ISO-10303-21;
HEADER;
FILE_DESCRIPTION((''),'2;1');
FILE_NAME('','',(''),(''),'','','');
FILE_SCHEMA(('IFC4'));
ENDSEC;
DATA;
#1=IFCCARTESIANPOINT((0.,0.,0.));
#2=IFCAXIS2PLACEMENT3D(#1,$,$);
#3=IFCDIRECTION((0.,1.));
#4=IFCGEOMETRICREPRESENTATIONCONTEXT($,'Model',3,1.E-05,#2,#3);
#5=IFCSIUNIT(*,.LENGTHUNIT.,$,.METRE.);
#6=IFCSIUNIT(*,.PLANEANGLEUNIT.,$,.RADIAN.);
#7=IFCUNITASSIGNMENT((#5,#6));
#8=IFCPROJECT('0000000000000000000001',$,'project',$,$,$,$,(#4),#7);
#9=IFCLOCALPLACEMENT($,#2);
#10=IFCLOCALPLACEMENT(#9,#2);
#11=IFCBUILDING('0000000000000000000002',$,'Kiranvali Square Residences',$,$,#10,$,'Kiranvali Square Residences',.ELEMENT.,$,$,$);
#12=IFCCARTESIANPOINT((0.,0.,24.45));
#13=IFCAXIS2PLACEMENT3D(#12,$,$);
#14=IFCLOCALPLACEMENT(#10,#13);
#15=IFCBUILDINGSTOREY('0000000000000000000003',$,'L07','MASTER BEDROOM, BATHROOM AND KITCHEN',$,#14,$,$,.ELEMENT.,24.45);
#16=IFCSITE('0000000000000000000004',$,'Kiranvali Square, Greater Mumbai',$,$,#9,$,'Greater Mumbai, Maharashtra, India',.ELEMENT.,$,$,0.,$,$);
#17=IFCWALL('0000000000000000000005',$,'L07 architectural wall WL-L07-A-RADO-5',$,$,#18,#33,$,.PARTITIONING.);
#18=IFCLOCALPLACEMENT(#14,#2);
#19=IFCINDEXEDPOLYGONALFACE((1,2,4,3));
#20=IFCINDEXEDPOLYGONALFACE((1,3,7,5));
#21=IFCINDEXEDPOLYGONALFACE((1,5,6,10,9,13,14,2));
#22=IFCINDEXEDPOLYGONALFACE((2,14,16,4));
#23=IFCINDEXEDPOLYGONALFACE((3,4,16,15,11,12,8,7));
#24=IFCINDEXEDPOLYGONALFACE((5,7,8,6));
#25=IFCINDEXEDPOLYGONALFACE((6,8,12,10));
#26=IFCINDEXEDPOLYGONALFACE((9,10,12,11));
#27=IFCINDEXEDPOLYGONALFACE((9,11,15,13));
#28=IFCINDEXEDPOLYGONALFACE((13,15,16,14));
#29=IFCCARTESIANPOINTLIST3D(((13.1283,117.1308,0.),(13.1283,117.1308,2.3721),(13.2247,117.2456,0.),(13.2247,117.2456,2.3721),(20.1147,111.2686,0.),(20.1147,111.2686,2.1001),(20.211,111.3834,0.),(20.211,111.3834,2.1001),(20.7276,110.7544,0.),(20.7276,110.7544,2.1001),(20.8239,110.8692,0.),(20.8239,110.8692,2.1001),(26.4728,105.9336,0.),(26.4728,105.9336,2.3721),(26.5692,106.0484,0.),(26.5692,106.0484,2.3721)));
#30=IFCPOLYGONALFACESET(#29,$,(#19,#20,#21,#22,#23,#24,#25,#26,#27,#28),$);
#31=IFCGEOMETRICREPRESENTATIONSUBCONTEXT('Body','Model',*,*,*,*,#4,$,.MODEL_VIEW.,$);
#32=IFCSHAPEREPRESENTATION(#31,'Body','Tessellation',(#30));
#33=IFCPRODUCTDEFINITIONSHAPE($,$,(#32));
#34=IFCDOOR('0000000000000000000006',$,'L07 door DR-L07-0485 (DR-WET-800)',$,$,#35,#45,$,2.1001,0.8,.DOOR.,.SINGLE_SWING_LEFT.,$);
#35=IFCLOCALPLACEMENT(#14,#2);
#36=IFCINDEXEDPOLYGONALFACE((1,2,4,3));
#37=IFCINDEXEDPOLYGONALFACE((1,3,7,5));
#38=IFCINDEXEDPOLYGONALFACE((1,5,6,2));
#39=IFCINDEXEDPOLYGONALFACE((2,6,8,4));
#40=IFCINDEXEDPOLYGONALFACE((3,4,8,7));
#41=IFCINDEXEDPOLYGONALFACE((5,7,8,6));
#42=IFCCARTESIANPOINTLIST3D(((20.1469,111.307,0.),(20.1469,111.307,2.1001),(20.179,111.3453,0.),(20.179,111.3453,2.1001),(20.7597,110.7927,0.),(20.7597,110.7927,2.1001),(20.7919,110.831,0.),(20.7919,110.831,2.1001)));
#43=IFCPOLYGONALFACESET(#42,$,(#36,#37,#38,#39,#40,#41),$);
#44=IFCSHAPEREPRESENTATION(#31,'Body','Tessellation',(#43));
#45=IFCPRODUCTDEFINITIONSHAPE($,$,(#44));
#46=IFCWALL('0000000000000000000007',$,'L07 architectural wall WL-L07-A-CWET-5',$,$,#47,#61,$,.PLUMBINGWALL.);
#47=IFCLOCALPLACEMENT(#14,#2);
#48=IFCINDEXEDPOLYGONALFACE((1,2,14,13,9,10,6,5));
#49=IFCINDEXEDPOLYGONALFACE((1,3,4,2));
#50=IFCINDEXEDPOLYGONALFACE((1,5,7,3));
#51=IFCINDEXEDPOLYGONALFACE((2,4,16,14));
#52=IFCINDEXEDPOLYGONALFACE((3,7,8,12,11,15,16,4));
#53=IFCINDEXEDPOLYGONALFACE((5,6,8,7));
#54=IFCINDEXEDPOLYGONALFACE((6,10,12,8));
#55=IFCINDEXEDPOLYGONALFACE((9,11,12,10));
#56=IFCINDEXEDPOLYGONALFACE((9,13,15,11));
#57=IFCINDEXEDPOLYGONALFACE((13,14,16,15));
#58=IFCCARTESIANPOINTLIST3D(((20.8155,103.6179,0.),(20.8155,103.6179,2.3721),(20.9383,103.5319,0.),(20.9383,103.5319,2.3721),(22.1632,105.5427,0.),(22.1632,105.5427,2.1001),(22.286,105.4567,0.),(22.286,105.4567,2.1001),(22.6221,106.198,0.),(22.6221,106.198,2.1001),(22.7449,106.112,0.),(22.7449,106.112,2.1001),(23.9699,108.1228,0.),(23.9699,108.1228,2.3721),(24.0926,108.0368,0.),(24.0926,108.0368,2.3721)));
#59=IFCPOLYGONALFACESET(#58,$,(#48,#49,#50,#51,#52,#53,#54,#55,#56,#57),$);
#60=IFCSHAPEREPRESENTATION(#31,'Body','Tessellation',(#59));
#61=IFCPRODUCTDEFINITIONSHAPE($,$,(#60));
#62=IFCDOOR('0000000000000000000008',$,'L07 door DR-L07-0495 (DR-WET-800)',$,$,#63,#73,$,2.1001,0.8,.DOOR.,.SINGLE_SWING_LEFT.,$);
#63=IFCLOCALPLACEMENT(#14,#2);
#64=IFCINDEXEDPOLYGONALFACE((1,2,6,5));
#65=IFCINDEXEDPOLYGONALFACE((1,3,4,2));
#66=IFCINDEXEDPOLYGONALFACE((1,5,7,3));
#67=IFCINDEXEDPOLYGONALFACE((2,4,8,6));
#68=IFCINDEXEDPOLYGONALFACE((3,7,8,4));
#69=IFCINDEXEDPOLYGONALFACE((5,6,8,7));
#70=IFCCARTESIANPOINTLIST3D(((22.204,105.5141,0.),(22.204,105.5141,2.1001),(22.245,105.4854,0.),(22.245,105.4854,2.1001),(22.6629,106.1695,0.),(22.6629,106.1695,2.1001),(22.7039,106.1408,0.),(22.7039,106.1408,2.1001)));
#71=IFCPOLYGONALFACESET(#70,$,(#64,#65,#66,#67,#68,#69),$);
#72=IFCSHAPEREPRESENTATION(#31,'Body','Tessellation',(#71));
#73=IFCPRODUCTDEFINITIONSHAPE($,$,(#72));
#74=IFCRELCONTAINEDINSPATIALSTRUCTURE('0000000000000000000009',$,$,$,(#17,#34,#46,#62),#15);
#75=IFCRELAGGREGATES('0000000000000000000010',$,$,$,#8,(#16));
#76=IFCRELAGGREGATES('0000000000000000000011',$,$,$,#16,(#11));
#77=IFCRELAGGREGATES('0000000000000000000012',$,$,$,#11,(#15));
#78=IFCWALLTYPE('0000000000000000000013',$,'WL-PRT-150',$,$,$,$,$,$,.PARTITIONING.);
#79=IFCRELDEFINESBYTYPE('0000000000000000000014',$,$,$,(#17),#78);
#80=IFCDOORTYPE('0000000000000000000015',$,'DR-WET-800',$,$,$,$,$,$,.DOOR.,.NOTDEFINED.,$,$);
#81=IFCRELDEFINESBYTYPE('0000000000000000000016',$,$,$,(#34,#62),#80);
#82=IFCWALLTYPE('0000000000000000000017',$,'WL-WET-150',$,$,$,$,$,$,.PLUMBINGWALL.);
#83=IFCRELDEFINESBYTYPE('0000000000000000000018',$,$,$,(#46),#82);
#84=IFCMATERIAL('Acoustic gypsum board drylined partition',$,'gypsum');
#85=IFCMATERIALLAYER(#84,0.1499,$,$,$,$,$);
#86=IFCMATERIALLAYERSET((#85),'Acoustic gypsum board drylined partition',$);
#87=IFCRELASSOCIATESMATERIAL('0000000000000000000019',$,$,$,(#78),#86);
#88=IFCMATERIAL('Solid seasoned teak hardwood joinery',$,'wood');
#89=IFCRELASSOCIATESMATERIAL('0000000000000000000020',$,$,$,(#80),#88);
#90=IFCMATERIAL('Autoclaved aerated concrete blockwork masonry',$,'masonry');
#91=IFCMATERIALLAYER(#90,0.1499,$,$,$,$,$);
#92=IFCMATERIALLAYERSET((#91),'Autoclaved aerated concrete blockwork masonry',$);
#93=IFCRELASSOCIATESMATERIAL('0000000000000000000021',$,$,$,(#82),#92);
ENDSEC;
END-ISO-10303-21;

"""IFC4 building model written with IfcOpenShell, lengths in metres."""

from ifc_helpers import new_model, si_unit, direction, frame, frame_2d, origin, place, context, subcontext, project, spatial, rectangle, extrude, material, layer, layer_set, type_object, element, fill, save


model = new_model("IFC4")

# Units and contexts
model_context = context("Model", 3, precision=1e-05, world=origin(), true_north=direction((0.0, 1.0)))
body_context = subcontext(model_context, "Body", "Model", "MODEL_VIEW")
ifc_project = project(units=[si_unit("LENGTHUNIT", "METRE"), si_unit("PLANEANGLEUNIT", "RADIAN")], contexts=[model_context])

# Site, building, storey
site_placement = place(None, origin())
site = spatial("IfcSite", under=ifc_project, at=site_placement, Name="Kiranvali Square, Greater Mumbai", LongName="Greater Mumbai, Maharashtra, India", CompositionType="ELEMENT", RefElevation=0.0)
building_placement = place(site_placement, origin())
building = spatial("IfcBuilding", under=site, at=building_placement, Name="Kiranvali Square Residences", LongName="Kiranvali Square Residences", CompositionType="ELEMENT")
storey_placement = place(building_placement, frame((0.0, 0.0, 24.45)))
storey = spatial("IfcBuildingStorey", under=building, at=storey_placement, Name="L07", Description="MASTER BEDROOM, BATHROOM AND KITCHEN", CompositionType="ELEMENT", Elevation=24.45)

# Shared definitions
ifc_material_1 = material(Name="Autoclaved aerated concrete blockwork masonry", Category="masonry")

# Walls, openings, doors
ifc_material_2 = material(Name="Acoustic gypsum board drylined partition", Category="gypsum")
ifc_layer_1 = layer(ifc_material_2, 0.1499)
ifc_layer_set_1 = layer_set([ifc_layer_1], Name="Acoustic gypsum board drylined partition")
wall_type_1 = type_object("IfcWallType", Name="WL-PRT-150", PredefinedType="PARTITIONING", material=ifc_layer_set_1)
wall_1_placement = place(storey_placement, frame((26.521, 105.991, 0.0), z_axis=(0.0, 0.0, 1.0), x_axis=(-0.766047, 0.642785, 0.0)))
wall_1 = element("IfcWall", 1, at=wall_1_placement, inside=storey, type_object=wall_type_1, Name="L07 architectural wall WL-L07-A-RADO-5", PredefinedType="PARTITIONING", context=body_context, shape_type="SweptSolid", body=[
    extrude(rectangle(XDim=17.4199, YDim=0.1499, at=frame_2d((8.71, 0.0))), origin(), (0.0, 0.0, 1.0), 2.3721),
])
opening_1_placement = place(wall_1_placement, frame((7.5, 0.0, 0.0)))
opening_1 = element("IfcOpeningElement", 2, at=opening_1_placement, cuts=wall_1, PredefinedType="OPENING", context=body_context, shape_type="SweptSolid", body=[
    extrude(rectangle(XDim=0.8, YDim=2.1001, at=frame_2d((0.3999, 1.05))), frame((0.0, 0.085, 0.0), z_axis=(0.0, -1.0, 0.0), x_axis=(1.0, 0.0, 0.0)), (0.0, 0.0, 1.0), 0.1699),
])
ifc_material_3 = material(Name="Solid seasoned teak hardwood joinery", Category="wood")
door_type_1 = type_object("IfcDoorType", Name="DR-WET-800", OperationType="NOTDEFINED", PredefinedType="DOOR", material=ifc_material_3)
door_1_placement = place(opening_1_placement, origin())
door_1 = element("IfcDoor", 3, at=door_1_placement, inside=storey, type_object=door_type_1, Name="L07 door DR-L07-0485 (DR-WET-800)", OperationType="SINGLE_SWING_LEFT", OverallHeight=2.1001, OverallWidth=0.8, PredefinedType="DOOR", context=body_context, shape_type="SweptSolid", body=[
    extrude(rectangle(XDim=0.8, YDim=2.1001, at=frame_2d((0.3999, 1.05))), frame((0.0, 0.0249, 0.0), z_axis=(0.0, -1.0, 0.0), x_axis=(1.0, 0.0, 0.0)), (0.0, 0.0, 1.0), 0.05),
])
fill(opening_1, door_1)
ifc_layer_2 = layer(ifc_material_1, 0.1499)
ifc_layer_set_2 = layer_set([ifc_layer_2], Name="Autoclaved aerated concrete blockwork masonry")
wall_type_2 = type_object("IfcWallType", Name="WL-WET-150", PredefinedType="PLUMBINGWALL", material=ifc_layer_set_2)
wall_2_placement = place(storey_placement, frame((24.0312, 108.0798, 0.0), z_axis=(0.0, 0.0, 1.0), x_axis=(-0.57357, -0.819157, 0.0)))
wall_2 = element("IfcWall", 4, at=wall_2_placement, inside=storey, type_object=wall_type_2, Name="L07 architectural wall WL-L07-A-CWET-5", PredefinedType="PLUMBINGWALL", context=body_context, shape_type="SweptSolid", body=[
    extrude(rectangle(XDim=5.4995, YDim=0.1499, at=frame_2d((2.7498, 0.0))), origin(), (0.0, 0.0, 1.0), 2.3721),
])
opening_2_placement = place(wall_2_placement, frame((2.3499, 0.0, 0.0)))
opening_2 = element("IfcOpeningElement", 5, at=opening_2_placement, cuts=wall_2, PredefinedType="OPENING", context=body_context, shape_type="SweptSolid", body=[
    extrude(rectangle(XDim=0.8, YDim=2.1001, at=frame_2d((0.3999, 1.05))), frame((0.0, 0.085, 0.0), z_axis=(0.0, -1.0, 0.0), x_axis=(1.0, 0.0, 0.0)), (0.0, 0.0, 1.0), 0.1699),
])
door_2_placement = place(opening_2_placement, origin())
door_2 = element("IfcDoor", 6, at=door_2_placement, inside=storey, type_object=door_type_1, Name="L07 door DR-L07-0495 (DR-WET-800)", OperationType="SINGLE_SWING_LEFT", OverallHeight=2.1001, OverallWidth=0.8, PredefinedType="DOOR", context=body_context, shape_type="SweptSolid", body=[
    extrude(rectangle(XDim=0.8, YDim=2.1001, at=frame_2d((0.3999, 1.05))), frame((0.0, 0.0249, 0.0), z_axis=(0.0, -1.0, 0.0), x_axis=(1.0, 0.0, 0.0)), (0.0, 0.0, 1.0), 0.05),
])
fill(opening_2, door_2)

save(model, "model.ifc")
